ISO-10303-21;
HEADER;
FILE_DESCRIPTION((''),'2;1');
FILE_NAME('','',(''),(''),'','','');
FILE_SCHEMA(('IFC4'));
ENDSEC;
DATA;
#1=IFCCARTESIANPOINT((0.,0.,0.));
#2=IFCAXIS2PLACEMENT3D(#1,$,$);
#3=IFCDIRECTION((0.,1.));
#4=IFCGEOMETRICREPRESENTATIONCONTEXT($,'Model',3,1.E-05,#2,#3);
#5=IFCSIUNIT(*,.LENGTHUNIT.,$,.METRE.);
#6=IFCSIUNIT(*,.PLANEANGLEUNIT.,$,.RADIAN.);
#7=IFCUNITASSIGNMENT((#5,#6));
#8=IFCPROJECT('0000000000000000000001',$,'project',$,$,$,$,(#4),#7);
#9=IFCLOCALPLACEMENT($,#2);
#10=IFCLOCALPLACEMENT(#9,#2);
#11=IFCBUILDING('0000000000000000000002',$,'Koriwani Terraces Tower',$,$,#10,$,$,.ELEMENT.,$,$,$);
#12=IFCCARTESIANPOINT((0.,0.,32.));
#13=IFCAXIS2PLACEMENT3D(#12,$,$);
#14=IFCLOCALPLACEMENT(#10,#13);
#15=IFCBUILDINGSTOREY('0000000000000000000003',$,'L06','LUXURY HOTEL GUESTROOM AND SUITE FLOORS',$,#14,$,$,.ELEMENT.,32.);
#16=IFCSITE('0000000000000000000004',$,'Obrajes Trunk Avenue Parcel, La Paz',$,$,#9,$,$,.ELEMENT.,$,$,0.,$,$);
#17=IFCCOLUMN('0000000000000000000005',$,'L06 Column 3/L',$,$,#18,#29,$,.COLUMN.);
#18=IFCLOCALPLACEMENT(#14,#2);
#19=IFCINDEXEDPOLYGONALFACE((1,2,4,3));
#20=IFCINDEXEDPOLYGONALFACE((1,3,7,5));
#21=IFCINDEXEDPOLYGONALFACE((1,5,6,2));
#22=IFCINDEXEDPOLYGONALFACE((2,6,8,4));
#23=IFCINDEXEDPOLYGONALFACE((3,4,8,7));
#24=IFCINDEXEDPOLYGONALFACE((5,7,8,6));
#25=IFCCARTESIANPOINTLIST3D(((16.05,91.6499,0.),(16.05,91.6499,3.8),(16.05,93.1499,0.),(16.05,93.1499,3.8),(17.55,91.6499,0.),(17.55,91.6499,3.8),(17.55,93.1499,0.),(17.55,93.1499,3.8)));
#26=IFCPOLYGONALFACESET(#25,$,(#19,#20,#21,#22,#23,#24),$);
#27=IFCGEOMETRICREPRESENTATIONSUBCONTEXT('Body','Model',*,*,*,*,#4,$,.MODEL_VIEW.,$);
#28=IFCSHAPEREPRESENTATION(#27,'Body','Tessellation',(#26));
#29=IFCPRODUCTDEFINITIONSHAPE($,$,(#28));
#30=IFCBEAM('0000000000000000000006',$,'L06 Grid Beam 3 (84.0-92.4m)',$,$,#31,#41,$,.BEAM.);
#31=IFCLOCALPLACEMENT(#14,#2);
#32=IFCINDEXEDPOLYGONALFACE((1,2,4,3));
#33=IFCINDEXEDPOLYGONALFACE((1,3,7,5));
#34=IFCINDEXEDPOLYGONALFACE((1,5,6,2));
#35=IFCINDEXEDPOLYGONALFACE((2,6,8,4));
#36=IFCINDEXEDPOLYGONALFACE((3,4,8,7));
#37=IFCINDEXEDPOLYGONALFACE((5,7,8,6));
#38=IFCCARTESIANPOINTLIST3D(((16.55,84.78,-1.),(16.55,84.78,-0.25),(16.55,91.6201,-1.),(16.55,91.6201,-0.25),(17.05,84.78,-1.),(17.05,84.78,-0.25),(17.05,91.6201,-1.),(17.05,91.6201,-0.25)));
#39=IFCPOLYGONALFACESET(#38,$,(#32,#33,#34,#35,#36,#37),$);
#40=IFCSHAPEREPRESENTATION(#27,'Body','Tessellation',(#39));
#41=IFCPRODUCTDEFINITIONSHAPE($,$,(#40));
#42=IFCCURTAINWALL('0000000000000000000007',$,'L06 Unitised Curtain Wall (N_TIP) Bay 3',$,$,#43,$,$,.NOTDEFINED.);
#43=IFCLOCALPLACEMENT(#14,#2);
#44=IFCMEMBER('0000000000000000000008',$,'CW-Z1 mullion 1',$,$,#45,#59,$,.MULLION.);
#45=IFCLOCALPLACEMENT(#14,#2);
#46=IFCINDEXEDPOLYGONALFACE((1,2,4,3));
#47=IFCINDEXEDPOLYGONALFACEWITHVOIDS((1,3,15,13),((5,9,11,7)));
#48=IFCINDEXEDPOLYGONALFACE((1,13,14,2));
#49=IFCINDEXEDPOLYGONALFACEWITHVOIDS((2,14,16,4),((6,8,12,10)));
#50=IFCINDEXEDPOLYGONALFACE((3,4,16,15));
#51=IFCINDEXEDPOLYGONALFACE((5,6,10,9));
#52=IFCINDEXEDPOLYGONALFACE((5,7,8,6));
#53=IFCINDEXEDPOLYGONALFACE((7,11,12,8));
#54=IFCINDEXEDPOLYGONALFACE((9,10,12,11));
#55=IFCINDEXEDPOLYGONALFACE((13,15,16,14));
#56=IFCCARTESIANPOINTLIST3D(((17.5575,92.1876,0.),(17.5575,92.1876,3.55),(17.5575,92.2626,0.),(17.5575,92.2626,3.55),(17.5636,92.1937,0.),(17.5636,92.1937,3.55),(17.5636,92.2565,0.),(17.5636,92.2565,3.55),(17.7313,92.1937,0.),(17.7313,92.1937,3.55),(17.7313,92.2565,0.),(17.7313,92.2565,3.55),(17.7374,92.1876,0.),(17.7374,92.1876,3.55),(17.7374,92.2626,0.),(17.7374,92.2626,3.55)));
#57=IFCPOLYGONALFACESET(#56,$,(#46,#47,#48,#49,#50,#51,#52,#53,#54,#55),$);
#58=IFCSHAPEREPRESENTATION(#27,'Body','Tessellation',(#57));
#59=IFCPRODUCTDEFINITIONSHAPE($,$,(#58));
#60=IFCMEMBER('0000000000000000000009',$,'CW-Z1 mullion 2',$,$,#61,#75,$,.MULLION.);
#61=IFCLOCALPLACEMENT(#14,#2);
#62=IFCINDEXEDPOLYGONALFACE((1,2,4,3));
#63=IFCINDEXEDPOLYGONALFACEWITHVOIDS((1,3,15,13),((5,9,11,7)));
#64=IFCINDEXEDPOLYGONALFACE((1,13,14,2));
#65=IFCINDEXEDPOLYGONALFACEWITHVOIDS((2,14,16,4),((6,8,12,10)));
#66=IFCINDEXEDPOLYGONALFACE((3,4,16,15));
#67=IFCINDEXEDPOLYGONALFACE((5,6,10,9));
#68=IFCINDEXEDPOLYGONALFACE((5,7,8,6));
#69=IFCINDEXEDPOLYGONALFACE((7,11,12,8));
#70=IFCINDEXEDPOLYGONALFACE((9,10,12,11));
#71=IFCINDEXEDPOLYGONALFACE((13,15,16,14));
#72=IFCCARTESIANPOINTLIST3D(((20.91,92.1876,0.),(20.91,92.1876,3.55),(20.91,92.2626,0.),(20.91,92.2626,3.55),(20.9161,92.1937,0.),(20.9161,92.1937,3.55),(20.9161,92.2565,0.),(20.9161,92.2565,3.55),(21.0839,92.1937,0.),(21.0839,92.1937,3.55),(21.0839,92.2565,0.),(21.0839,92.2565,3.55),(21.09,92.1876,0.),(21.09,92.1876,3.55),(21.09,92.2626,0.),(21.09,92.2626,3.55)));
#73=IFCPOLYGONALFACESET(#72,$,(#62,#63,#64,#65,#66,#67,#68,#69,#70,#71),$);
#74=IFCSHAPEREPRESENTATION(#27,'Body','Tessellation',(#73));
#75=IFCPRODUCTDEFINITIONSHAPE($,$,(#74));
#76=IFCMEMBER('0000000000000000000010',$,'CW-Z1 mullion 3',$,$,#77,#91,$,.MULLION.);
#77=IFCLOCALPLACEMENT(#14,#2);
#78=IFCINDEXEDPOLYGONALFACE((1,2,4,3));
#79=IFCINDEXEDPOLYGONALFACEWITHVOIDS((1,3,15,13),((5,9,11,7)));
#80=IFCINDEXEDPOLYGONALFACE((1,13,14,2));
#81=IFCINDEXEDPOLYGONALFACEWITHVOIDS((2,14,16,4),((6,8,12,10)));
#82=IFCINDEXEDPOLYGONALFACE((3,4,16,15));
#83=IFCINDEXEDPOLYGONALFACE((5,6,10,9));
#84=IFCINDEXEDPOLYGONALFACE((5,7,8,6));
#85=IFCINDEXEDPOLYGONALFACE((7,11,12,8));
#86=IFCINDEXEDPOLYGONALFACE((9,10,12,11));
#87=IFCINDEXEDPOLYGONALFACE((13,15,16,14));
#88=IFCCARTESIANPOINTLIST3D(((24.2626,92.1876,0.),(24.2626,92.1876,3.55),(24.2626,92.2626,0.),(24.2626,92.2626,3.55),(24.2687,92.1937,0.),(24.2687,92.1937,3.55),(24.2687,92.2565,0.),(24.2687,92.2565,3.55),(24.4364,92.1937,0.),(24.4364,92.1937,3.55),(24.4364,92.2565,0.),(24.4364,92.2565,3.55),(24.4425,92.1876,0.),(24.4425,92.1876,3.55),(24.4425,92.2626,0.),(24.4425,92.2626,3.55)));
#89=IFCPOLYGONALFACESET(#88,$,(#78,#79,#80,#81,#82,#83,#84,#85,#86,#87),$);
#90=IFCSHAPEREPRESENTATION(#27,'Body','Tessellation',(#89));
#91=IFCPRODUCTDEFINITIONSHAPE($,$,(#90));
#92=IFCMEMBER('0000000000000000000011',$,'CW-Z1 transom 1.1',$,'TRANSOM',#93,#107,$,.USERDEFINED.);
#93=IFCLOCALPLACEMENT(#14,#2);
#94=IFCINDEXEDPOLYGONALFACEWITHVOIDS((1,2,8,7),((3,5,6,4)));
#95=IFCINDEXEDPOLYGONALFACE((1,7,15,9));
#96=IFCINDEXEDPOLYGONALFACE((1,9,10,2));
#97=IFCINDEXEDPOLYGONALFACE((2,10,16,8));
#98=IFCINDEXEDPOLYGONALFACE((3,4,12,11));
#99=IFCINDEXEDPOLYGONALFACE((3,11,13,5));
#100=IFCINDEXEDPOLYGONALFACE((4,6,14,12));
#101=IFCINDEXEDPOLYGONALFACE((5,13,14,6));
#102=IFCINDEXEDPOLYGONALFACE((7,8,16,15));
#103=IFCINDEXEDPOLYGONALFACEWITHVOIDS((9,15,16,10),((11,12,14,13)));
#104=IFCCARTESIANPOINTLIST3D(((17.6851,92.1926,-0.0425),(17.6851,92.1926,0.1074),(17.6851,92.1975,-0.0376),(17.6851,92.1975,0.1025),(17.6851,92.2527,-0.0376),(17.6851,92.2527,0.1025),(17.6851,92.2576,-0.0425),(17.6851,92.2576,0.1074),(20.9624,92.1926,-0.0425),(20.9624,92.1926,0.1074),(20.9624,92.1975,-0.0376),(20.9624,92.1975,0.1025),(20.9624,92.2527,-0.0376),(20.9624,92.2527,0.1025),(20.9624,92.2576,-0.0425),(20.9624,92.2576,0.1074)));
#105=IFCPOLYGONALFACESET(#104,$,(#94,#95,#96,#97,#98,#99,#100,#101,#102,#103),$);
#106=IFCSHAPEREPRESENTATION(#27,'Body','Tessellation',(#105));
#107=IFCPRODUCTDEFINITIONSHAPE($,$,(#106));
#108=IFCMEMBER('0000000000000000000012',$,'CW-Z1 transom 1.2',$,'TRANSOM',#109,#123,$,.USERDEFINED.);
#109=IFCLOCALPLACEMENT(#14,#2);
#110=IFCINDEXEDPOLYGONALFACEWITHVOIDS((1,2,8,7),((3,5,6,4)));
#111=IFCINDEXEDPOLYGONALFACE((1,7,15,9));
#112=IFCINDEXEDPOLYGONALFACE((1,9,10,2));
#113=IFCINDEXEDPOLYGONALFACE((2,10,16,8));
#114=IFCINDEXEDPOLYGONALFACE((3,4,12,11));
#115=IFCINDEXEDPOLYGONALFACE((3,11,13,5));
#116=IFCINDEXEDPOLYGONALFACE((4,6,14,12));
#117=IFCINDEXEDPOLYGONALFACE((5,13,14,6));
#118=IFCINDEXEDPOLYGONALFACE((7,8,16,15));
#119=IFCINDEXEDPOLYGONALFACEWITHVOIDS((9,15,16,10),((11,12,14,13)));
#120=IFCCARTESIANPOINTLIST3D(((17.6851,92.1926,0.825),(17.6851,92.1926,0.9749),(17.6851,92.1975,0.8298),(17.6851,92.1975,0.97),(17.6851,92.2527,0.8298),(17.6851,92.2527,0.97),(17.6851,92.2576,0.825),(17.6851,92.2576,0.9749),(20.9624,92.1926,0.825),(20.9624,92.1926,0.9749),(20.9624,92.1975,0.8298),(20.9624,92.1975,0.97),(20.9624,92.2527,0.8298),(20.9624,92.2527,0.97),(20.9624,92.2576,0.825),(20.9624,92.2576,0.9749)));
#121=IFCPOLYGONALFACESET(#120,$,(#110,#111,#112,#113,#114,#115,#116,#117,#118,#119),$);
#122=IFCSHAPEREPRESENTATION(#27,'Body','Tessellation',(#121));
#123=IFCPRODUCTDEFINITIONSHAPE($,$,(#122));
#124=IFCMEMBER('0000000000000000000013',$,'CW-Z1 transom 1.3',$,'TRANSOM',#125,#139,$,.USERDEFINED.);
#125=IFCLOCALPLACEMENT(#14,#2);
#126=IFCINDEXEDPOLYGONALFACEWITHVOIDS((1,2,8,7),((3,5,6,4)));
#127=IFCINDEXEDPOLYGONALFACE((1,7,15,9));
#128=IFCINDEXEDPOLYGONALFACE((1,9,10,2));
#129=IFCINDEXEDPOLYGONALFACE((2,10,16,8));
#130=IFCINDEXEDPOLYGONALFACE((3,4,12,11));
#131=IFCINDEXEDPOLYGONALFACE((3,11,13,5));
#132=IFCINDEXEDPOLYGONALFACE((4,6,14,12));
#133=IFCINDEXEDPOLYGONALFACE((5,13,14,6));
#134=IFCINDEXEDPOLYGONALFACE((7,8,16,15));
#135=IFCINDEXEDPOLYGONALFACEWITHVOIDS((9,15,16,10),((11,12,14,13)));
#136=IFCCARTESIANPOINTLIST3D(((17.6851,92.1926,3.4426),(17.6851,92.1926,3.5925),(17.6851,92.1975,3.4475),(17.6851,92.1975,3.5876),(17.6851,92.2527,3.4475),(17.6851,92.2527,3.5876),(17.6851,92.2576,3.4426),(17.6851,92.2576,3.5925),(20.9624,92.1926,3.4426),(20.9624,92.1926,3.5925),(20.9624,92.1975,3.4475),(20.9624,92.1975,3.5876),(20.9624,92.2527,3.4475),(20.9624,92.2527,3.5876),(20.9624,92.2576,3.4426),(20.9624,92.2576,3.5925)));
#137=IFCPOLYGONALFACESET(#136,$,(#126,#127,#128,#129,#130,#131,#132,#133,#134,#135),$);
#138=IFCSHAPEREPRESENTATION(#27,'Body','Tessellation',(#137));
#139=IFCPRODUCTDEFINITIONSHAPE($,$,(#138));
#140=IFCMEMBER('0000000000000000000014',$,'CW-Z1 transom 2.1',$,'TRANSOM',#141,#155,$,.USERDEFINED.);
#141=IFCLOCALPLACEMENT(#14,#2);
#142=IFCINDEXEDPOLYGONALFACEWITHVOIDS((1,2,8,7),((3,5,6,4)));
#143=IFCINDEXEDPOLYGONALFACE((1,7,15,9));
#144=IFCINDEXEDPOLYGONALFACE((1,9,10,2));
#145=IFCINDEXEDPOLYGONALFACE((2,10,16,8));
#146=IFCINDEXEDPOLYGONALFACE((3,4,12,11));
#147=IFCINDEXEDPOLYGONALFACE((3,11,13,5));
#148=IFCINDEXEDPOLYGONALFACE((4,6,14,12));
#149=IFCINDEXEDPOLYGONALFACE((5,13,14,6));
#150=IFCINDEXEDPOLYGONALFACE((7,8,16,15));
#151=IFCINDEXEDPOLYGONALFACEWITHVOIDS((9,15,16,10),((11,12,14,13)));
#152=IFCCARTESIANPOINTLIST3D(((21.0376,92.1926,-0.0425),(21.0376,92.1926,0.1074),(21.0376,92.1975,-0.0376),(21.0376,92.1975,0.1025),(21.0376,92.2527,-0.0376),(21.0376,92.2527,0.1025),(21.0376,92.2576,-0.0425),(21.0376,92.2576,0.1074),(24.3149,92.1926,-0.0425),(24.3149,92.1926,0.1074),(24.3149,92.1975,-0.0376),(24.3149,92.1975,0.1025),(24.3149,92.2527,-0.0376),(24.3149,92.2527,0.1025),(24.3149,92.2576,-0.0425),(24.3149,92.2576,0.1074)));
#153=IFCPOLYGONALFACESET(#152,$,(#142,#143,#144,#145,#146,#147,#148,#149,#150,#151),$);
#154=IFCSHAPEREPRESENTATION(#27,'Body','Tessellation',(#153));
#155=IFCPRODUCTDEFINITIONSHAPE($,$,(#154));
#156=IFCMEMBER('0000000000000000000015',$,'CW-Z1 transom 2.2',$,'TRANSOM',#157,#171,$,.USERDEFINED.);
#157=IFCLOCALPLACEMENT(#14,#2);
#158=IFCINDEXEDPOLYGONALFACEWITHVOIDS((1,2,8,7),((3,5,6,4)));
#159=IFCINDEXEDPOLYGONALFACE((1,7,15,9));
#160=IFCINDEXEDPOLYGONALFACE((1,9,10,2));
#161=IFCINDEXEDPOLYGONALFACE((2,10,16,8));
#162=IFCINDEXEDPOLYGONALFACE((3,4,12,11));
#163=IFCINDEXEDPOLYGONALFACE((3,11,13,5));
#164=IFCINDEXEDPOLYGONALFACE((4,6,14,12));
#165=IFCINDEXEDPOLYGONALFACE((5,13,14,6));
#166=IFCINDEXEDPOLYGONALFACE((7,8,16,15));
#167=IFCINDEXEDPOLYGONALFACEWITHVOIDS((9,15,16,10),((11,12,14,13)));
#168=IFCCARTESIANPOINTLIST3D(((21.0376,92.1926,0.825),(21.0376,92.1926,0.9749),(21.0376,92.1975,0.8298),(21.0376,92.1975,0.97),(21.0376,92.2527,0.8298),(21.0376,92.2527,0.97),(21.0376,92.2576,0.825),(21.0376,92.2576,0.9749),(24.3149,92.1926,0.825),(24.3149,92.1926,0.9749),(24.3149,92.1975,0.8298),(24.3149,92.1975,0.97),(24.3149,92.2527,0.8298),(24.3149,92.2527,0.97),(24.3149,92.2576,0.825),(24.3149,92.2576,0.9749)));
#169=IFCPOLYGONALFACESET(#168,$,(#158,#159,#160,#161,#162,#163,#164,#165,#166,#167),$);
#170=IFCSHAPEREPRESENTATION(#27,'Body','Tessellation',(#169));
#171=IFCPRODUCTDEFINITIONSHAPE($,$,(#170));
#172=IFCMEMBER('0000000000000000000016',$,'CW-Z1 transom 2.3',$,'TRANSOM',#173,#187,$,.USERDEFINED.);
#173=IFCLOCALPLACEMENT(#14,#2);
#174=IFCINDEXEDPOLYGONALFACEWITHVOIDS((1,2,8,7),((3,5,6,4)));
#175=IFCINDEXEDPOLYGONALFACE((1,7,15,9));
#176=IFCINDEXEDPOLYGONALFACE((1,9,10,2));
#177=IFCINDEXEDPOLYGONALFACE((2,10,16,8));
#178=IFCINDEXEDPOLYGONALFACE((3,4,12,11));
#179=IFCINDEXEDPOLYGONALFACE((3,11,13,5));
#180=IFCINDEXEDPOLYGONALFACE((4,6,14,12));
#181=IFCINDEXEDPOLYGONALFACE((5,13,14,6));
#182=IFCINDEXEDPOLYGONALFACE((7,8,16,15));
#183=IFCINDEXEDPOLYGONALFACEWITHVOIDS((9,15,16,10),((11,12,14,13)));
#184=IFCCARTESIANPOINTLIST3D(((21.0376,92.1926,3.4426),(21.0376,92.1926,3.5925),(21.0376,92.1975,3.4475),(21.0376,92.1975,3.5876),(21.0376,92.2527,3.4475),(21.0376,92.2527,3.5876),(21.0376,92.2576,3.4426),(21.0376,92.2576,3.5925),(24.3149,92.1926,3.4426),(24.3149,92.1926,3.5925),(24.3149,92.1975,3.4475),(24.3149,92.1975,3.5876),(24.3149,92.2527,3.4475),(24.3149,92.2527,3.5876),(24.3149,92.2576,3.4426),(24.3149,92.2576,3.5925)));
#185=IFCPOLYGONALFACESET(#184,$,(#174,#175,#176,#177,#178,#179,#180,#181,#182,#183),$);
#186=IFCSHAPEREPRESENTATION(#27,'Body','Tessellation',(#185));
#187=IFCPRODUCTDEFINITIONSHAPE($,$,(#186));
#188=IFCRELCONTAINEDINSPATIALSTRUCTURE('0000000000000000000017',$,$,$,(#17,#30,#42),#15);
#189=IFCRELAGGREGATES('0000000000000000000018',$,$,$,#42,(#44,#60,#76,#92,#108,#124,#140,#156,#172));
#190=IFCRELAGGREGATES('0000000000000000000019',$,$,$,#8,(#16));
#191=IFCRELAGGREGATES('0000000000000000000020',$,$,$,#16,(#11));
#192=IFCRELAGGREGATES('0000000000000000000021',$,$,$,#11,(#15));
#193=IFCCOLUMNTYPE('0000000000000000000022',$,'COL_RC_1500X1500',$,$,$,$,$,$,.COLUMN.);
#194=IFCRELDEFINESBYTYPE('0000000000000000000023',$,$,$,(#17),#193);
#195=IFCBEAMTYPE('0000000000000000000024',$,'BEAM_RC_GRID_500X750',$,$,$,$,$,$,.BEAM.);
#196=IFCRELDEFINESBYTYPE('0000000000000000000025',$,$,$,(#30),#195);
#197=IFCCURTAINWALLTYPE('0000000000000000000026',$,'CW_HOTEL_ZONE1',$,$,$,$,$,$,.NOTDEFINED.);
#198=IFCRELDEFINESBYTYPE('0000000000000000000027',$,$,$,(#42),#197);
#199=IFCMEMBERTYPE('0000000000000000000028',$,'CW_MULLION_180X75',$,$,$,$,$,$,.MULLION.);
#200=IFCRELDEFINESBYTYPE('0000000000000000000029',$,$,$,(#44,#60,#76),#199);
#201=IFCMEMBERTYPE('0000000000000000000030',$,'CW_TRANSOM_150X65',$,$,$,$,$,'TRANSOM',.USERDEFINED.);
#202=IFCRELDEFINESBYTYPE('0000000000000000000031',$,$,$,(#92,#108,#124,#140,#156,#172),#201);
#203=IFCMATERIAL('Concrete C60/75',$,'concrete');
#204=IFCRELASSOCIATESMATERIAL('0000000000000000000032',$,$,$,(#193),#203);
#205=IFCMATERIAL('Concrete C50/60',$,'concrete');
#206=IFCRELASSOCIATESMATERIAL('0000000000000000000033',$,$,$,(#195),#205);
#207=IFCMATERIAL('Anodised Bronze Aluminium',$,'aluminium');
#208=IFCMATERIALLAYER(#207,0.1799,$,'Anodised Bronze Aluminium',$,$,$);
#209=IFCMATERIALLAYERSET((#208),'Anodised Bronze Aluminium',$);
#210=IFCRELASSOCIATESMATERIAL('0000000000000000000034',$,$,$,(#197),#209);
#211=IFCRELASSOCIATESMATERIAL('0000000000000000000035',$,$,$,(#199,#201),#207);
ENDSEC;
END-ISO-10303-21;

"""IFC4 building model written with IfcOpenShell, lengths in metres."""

from ifc_helpers import new_model, si_unit, direction, frame, origin, origin_2d, place, context, subcontext, project, spatial, rectangle, hollow_rectangle, extrude, material, layer, layer_set, material_profile, profile_set, type_object, element, aggregate, save


model = new_model("IFC4")

# Units and contexts
model_context = context("Model", 3, precision=1e-05, world=origin(), true_north=direction((0.0, 1.0)))
body_context = subcontext(model_context, "Body", "Model", "MODEL_VIEW")
ifc_project = project(units=[si_unit("LENGTHUNIT", "METRE"), si_unit("PLANEANGLEUNIT", "RADIAN")], contexts=[model_context])

# Site, building, storey
site_placement = place(None, origin())
site = spatial("IfcSite", under=ifc_project, at=site_placement, Name="Obrajes Trunk Avenue Parcel, La Paz", CompositionType="ELEMENT", RefElevation=0.0)
building_placement = place(site_placement, origin())
building = spatial("IfcBuilding", under=site, at=building_placement, Name="Koriwani Terraces Tower", CompositionType="ELEMENT")
storey_placement = place(building_placement, frame((0.0, 0.0, 32.0)))
storey = spatial("IfcBuildingStorey", under=building, at=storey_placement, Name="L06", Description="LUXURY HOTEL GUESTROOM AND SUITE FLOORS", CompositionType="ELEMENT", Elevation=32.0)

# Column
ifc_material_1 = material(Name="Concrete C60/75", Category="concrete")
ifc_material_profile_1 = material_profile(ifc_material_1, rectangle(XDim=1.5, YDim=1.5, at=origin_2d()), Name="Concrete C60/75", Category="LoadBearing")
ifc_profile_set_1 = profile_set([ifc_material_profile_1], Name="Concrete C60/75")
column_type = type_object("IfcColumnType", Name="COL_RC_1500X1500", PredefinedType="COLUMN", material=ifc_profile_set_1)
column_placement = place(storey_placement, frame((16.8, 92.3999, 0.0), z_axis=(0.0, 0.0, 1.0), x_axis=(1.0, 0.0, 0.0)))
element("IfcColumn", 1, at=column_placement, inside=storey, type_object=column_type, Name="L06 Column 3/L", PredefinedType="COLUMN", context=body_context, shape_type="SweptSolid", body=[
    extrude(rectangle(XDim=1.5, YDim=1.5, at=origin_2d()), origin(), (0.0, 0.0, 1.0), 3.8),
])

# Beam
ifc_material_2 = material(Name="Concrete C50/60", Category="concrete")
ifc_material_profile_2 = material_profile(ifc_material_2, rectangle(XDim=0.5, YDim=0.75, at=origin_2d()), Name="Concrete C50/60", Category="LoadBearing")
ifc_profile_set_2 = profile_set([ifc_material_profile_2], Name="Concrete C50/60")
beam_type_1 = type_object("IfcBeamType", Name="BEAM_RC_GRID_500X750", PredefinedType="BEAM", material=ifc_profile_set_2)
beam_1_placement = place(storey_placement, frame((16.8, 84.78, -0.625), z_axis=(0.0, 1.0, 0.0), x_axis=(-1.0, 0.0, 0.0)))
element("IfcBeam", 2, at=beam_1_placement, inside=storey, type_object=beam_type_1, Name="L06 Grid Beam 3 (84.0-92.4m)", PredefinedType="BEAM", context=body_context, shape_type="SweptSolid", body=[
    extrude(rectangle(XDim=0.5, YDim=0.75, at=origin_2d()), origin(), (0.0, 0.0, 1.0), 6.8401),
])

# Curtain wall, members
ifc_material_3 = material(Name="Anodised Bronze Aluminium", Category="aluminium")
ifc_layer_1 = layer(ifc_material_3, 0.1799, Name="Anodised Bronze Aluminium")
ifc_layer_set_1 = layer_set([ifc_layer_1], Name="Anodised Bronze Aluminium")
curtain_wall_type = type_object("IfcCurtainWallType", Name="CW_HOTEL_ZONE1", PredefinedType="NOTDEFINED", material=ifc_layer_set_1)
curtain_wall_placement = place(storey_placement, origin())
curtain_wall = element("IfcCurtainWall", 3, at=curtain_wall_placement, inside=storey, type_object=curtain_wall_type, Name="L06 Unitised Curtain Wall (N_TIP) Bay 3", PredefinedType="NOTDEFINED")
ifc_material_profile_3 = material_profile(ifc_material_3, hollow_rectangle(XDim=0.075, YDim=0.1799, WallThickness=0.0061, at=origin_2d()), Name="Anodised Bronze Aluminium", Category="LoadBearing")
ifc_profile_set_3 = profile_set([ifc_material_profile_3], Name="Anodised Bronze Aluminium")
member_type_1 = type_object("IfcMemberType", Name="CW_MULLION_180X75", PredefinedType="MULLION", material=ifc_profile_set_3)
member_1_placement = place(storey_placement, frame((17.6475, 92.2251, 0.0), z_axis=(0.0, 0.0, 1.0), x_axis=(0.0, 1.0, 0.0)))
member_1 = element("IfcMember", 4, at=member_1_placement, type_object=member_type_1, Name="CW-Z1 mullion 1", PredefinedType="MULLION", context=body_context, shape_type="SweptSolid", body=[
    extrude(hollow_rectangle(XDim=0.075, YDim=0.1799, WallThickness=0.0061, at=origin_2d()), origin(), (0.0, 0.0, 1.0), 3.55),
])
member_2_placement = place(storey_placement, frame((21.0, 92.2251, 0.0), z_axis=(0.0, 0.0, 1.0), x_axis=(0.0, 1.0, 0.0)))
member_2 = element("IfcMember", 5, at=member_2_placement, type_object=member_type_1, Name="CW-Z1 mullion 2", PredefinedType="MULLION", context=body_context, shape_type="SweptSolid", body=[
    extrude(hollow_rectangle(XDim=0.075, YDim=0.1799, WallThickness=0.0061, at=origin_2d()), origin(), (0.0, 0.0, 1.0), 3.55),
])
member_3_placement = place(storey_placement, frame((24.3525, 92.2251, 0.0), z_axis=(0.0, 0.0, 1.0), x_axis=(0.0, 1.0, 0.0)))
member_3 = element("IfcMember", 6, at=member_3_placement, type_object=member_type_1, Name="CW-Z1 mullion 3", PredefinedType="MULLION", context=body_context, shape_type="SweptSolid", body=[
    extrude(hollow_rectangle(XDim=0.075, YDim=0.1799, WallThickness=0.0061, at=origin_2d()), origin(), (0.0, 0.0, 1.0), 3.55),
])
ifc_material_profile_4 = material_profile(ifc_material_3, hollow_rectangle(XDim=0.0649, YDim=0.1499, WallThickness=0.0049, at=origin_2d()), Name="Anodised Bronze Aluminium", Category="LoadBearing")
ifc_profile_set_4 = profile_set([ifc_material_profile_4], Name="Anodised Bronze Aluminium")
member_type_2 = type_object("IfcMemberType", Name="CW_TRANSOM_150X65", ElementType="TRANSOM", PredefinedType="USERDEFINED", material=ifc_profile_set_4)
member_4_placement = place(storey_placement, frame((17.6851, 92.2251, 0.0325), z_axis=(1.0, 0.0, 0.0), x_axis=(0.0, 1.0, 0.0)))
member_4 = element("IfcMember", 7, at=member_4_placement, type_object=member_type_2, Name="CW-Z1 transom 1.1", ObjectType="TRANSOM", PredefinedType="USERDEFINED", context=body_context, shape_type="SweptSolid", body=[
    extrude(hollow_rectangle(XDim=0.0649, YDim=0.1499, WallThickness=0.0049, at=origin_2d()), origin(), (0.0, 0.0, 1.0), 3.2773),
])
member_5_placement = place(storey_placement, frame((17.6851, 92.2251, 0.8999), z_axis=(1.0, 0.0, 0.0), x_axis=(0.0, 1.0, 0.0)))
member_5 = element("IfcMember", 8, at=member_5_placement, type_object=member_type_2, Name="CW-Z1 transom 1.2", ObjectType="TRANSOM", PredefinedType="USERDEFINED", context=body_context, shape_type="SweptSolid", body=[
    extrude(hollow_rectangle(XDim=0.0649, YDim=0.1499, WallThickness=0.0049, at=origin_2d()), origin(), (0.0, 0.0, 1.0), 3.2773),
])
member_6_placement = place(storey_placement, frame((17.6851, 92.2251, 3.5176), z_axis=(1.0, 0.0, 0.0), x_axis=(0.0, 1.0, 0.0)))
member_6 = element("IfcMember", 9, at=member_6_placement, type_object=member_type_2, Name="CW-Z1 transom 1.3", ObjectType="TRANSOM", PredefinedType="USERDEFINED", context=body_context, shape_type="SweptSolid", body=[
    extrude(hollow_rectangle(XDim=0.0649, YDim=0.1499, WallThickness=0.0049, at=origin_2d()), origin(), (0.0, 0.0, 1.0), 3.2773),
])
member_7_placement = place(storey_placement, frame((21.0376, 92.2251, 0.0325), z_axis=(1.0, 0.0, 0.0), x_axis=(0.0, 1.0, 0.0)))
member_7 = element("IfcMember", 10, at=member_7_placement, type_object=member_type_2, Name="CW-Z1 transom 2.1", ObjectType="TRANSOM", PredefinedType="USERDEFINED", context=body_context, shape_type="SweptSolid", body=[
    extrude(hollow_rectangle(XDim=0.0649, YDim=0.1499, WallThickness=0.0049, at=origin_2d()), origin(), (0.0, 0.0, 1.0), 3.2773),
])
member_8_placement = place(storey_placement, frame((21.0376, 92.2251, 0.8999), z_axis=(1.0, 0.0, 0.0), x_axis=(0.0, 1.0, 0.0)))
member_8 = element("IfcMember", 11, at=member_8_placement, type_object=member_type_2, Name="CW-Z1 transom 2.2", ObjectType="TRANSOM", PredefinedType="USERDEFINED", context=body_context, shape_type="SweptSolid", body=[
    extrude(hollow_rectangle(XDim=0.0649, YDim=0.1499, WallThickness=0.0049, at=origin_2d()), origin(), (0.0, 0.0, 1.0), 3.2773),
])
member_9_placement = place(storey_placement, frame((21.0376, 92.2251, 3.5176), z_axis=(1.0, 0.0, 0.0), x_axis=(0.0, 1.0, 0.0)))
member_9 = element("IfcMember", 12, at=member_9_placement, type_object=member_type_2, Name="CW-Z1 transom 2.3", ObjectType="TRANSOM", PredefinedType="USERDEFINED", context=body_context, shape_type="SweptSolid", body=[
    extrude(hollow_rectangle(XDim=0.0649, YDim=0.1499, WallThickness=0.0049, at=origin_2d()), origin(), (0.0, 0.0, 1.0), 3.2773),
])

aggregate(curtain_wall, [member_1, member_2, member_3, member_4, member_5, member_6, member_7, member_8, member_9])

save(model, "model.ifc")
